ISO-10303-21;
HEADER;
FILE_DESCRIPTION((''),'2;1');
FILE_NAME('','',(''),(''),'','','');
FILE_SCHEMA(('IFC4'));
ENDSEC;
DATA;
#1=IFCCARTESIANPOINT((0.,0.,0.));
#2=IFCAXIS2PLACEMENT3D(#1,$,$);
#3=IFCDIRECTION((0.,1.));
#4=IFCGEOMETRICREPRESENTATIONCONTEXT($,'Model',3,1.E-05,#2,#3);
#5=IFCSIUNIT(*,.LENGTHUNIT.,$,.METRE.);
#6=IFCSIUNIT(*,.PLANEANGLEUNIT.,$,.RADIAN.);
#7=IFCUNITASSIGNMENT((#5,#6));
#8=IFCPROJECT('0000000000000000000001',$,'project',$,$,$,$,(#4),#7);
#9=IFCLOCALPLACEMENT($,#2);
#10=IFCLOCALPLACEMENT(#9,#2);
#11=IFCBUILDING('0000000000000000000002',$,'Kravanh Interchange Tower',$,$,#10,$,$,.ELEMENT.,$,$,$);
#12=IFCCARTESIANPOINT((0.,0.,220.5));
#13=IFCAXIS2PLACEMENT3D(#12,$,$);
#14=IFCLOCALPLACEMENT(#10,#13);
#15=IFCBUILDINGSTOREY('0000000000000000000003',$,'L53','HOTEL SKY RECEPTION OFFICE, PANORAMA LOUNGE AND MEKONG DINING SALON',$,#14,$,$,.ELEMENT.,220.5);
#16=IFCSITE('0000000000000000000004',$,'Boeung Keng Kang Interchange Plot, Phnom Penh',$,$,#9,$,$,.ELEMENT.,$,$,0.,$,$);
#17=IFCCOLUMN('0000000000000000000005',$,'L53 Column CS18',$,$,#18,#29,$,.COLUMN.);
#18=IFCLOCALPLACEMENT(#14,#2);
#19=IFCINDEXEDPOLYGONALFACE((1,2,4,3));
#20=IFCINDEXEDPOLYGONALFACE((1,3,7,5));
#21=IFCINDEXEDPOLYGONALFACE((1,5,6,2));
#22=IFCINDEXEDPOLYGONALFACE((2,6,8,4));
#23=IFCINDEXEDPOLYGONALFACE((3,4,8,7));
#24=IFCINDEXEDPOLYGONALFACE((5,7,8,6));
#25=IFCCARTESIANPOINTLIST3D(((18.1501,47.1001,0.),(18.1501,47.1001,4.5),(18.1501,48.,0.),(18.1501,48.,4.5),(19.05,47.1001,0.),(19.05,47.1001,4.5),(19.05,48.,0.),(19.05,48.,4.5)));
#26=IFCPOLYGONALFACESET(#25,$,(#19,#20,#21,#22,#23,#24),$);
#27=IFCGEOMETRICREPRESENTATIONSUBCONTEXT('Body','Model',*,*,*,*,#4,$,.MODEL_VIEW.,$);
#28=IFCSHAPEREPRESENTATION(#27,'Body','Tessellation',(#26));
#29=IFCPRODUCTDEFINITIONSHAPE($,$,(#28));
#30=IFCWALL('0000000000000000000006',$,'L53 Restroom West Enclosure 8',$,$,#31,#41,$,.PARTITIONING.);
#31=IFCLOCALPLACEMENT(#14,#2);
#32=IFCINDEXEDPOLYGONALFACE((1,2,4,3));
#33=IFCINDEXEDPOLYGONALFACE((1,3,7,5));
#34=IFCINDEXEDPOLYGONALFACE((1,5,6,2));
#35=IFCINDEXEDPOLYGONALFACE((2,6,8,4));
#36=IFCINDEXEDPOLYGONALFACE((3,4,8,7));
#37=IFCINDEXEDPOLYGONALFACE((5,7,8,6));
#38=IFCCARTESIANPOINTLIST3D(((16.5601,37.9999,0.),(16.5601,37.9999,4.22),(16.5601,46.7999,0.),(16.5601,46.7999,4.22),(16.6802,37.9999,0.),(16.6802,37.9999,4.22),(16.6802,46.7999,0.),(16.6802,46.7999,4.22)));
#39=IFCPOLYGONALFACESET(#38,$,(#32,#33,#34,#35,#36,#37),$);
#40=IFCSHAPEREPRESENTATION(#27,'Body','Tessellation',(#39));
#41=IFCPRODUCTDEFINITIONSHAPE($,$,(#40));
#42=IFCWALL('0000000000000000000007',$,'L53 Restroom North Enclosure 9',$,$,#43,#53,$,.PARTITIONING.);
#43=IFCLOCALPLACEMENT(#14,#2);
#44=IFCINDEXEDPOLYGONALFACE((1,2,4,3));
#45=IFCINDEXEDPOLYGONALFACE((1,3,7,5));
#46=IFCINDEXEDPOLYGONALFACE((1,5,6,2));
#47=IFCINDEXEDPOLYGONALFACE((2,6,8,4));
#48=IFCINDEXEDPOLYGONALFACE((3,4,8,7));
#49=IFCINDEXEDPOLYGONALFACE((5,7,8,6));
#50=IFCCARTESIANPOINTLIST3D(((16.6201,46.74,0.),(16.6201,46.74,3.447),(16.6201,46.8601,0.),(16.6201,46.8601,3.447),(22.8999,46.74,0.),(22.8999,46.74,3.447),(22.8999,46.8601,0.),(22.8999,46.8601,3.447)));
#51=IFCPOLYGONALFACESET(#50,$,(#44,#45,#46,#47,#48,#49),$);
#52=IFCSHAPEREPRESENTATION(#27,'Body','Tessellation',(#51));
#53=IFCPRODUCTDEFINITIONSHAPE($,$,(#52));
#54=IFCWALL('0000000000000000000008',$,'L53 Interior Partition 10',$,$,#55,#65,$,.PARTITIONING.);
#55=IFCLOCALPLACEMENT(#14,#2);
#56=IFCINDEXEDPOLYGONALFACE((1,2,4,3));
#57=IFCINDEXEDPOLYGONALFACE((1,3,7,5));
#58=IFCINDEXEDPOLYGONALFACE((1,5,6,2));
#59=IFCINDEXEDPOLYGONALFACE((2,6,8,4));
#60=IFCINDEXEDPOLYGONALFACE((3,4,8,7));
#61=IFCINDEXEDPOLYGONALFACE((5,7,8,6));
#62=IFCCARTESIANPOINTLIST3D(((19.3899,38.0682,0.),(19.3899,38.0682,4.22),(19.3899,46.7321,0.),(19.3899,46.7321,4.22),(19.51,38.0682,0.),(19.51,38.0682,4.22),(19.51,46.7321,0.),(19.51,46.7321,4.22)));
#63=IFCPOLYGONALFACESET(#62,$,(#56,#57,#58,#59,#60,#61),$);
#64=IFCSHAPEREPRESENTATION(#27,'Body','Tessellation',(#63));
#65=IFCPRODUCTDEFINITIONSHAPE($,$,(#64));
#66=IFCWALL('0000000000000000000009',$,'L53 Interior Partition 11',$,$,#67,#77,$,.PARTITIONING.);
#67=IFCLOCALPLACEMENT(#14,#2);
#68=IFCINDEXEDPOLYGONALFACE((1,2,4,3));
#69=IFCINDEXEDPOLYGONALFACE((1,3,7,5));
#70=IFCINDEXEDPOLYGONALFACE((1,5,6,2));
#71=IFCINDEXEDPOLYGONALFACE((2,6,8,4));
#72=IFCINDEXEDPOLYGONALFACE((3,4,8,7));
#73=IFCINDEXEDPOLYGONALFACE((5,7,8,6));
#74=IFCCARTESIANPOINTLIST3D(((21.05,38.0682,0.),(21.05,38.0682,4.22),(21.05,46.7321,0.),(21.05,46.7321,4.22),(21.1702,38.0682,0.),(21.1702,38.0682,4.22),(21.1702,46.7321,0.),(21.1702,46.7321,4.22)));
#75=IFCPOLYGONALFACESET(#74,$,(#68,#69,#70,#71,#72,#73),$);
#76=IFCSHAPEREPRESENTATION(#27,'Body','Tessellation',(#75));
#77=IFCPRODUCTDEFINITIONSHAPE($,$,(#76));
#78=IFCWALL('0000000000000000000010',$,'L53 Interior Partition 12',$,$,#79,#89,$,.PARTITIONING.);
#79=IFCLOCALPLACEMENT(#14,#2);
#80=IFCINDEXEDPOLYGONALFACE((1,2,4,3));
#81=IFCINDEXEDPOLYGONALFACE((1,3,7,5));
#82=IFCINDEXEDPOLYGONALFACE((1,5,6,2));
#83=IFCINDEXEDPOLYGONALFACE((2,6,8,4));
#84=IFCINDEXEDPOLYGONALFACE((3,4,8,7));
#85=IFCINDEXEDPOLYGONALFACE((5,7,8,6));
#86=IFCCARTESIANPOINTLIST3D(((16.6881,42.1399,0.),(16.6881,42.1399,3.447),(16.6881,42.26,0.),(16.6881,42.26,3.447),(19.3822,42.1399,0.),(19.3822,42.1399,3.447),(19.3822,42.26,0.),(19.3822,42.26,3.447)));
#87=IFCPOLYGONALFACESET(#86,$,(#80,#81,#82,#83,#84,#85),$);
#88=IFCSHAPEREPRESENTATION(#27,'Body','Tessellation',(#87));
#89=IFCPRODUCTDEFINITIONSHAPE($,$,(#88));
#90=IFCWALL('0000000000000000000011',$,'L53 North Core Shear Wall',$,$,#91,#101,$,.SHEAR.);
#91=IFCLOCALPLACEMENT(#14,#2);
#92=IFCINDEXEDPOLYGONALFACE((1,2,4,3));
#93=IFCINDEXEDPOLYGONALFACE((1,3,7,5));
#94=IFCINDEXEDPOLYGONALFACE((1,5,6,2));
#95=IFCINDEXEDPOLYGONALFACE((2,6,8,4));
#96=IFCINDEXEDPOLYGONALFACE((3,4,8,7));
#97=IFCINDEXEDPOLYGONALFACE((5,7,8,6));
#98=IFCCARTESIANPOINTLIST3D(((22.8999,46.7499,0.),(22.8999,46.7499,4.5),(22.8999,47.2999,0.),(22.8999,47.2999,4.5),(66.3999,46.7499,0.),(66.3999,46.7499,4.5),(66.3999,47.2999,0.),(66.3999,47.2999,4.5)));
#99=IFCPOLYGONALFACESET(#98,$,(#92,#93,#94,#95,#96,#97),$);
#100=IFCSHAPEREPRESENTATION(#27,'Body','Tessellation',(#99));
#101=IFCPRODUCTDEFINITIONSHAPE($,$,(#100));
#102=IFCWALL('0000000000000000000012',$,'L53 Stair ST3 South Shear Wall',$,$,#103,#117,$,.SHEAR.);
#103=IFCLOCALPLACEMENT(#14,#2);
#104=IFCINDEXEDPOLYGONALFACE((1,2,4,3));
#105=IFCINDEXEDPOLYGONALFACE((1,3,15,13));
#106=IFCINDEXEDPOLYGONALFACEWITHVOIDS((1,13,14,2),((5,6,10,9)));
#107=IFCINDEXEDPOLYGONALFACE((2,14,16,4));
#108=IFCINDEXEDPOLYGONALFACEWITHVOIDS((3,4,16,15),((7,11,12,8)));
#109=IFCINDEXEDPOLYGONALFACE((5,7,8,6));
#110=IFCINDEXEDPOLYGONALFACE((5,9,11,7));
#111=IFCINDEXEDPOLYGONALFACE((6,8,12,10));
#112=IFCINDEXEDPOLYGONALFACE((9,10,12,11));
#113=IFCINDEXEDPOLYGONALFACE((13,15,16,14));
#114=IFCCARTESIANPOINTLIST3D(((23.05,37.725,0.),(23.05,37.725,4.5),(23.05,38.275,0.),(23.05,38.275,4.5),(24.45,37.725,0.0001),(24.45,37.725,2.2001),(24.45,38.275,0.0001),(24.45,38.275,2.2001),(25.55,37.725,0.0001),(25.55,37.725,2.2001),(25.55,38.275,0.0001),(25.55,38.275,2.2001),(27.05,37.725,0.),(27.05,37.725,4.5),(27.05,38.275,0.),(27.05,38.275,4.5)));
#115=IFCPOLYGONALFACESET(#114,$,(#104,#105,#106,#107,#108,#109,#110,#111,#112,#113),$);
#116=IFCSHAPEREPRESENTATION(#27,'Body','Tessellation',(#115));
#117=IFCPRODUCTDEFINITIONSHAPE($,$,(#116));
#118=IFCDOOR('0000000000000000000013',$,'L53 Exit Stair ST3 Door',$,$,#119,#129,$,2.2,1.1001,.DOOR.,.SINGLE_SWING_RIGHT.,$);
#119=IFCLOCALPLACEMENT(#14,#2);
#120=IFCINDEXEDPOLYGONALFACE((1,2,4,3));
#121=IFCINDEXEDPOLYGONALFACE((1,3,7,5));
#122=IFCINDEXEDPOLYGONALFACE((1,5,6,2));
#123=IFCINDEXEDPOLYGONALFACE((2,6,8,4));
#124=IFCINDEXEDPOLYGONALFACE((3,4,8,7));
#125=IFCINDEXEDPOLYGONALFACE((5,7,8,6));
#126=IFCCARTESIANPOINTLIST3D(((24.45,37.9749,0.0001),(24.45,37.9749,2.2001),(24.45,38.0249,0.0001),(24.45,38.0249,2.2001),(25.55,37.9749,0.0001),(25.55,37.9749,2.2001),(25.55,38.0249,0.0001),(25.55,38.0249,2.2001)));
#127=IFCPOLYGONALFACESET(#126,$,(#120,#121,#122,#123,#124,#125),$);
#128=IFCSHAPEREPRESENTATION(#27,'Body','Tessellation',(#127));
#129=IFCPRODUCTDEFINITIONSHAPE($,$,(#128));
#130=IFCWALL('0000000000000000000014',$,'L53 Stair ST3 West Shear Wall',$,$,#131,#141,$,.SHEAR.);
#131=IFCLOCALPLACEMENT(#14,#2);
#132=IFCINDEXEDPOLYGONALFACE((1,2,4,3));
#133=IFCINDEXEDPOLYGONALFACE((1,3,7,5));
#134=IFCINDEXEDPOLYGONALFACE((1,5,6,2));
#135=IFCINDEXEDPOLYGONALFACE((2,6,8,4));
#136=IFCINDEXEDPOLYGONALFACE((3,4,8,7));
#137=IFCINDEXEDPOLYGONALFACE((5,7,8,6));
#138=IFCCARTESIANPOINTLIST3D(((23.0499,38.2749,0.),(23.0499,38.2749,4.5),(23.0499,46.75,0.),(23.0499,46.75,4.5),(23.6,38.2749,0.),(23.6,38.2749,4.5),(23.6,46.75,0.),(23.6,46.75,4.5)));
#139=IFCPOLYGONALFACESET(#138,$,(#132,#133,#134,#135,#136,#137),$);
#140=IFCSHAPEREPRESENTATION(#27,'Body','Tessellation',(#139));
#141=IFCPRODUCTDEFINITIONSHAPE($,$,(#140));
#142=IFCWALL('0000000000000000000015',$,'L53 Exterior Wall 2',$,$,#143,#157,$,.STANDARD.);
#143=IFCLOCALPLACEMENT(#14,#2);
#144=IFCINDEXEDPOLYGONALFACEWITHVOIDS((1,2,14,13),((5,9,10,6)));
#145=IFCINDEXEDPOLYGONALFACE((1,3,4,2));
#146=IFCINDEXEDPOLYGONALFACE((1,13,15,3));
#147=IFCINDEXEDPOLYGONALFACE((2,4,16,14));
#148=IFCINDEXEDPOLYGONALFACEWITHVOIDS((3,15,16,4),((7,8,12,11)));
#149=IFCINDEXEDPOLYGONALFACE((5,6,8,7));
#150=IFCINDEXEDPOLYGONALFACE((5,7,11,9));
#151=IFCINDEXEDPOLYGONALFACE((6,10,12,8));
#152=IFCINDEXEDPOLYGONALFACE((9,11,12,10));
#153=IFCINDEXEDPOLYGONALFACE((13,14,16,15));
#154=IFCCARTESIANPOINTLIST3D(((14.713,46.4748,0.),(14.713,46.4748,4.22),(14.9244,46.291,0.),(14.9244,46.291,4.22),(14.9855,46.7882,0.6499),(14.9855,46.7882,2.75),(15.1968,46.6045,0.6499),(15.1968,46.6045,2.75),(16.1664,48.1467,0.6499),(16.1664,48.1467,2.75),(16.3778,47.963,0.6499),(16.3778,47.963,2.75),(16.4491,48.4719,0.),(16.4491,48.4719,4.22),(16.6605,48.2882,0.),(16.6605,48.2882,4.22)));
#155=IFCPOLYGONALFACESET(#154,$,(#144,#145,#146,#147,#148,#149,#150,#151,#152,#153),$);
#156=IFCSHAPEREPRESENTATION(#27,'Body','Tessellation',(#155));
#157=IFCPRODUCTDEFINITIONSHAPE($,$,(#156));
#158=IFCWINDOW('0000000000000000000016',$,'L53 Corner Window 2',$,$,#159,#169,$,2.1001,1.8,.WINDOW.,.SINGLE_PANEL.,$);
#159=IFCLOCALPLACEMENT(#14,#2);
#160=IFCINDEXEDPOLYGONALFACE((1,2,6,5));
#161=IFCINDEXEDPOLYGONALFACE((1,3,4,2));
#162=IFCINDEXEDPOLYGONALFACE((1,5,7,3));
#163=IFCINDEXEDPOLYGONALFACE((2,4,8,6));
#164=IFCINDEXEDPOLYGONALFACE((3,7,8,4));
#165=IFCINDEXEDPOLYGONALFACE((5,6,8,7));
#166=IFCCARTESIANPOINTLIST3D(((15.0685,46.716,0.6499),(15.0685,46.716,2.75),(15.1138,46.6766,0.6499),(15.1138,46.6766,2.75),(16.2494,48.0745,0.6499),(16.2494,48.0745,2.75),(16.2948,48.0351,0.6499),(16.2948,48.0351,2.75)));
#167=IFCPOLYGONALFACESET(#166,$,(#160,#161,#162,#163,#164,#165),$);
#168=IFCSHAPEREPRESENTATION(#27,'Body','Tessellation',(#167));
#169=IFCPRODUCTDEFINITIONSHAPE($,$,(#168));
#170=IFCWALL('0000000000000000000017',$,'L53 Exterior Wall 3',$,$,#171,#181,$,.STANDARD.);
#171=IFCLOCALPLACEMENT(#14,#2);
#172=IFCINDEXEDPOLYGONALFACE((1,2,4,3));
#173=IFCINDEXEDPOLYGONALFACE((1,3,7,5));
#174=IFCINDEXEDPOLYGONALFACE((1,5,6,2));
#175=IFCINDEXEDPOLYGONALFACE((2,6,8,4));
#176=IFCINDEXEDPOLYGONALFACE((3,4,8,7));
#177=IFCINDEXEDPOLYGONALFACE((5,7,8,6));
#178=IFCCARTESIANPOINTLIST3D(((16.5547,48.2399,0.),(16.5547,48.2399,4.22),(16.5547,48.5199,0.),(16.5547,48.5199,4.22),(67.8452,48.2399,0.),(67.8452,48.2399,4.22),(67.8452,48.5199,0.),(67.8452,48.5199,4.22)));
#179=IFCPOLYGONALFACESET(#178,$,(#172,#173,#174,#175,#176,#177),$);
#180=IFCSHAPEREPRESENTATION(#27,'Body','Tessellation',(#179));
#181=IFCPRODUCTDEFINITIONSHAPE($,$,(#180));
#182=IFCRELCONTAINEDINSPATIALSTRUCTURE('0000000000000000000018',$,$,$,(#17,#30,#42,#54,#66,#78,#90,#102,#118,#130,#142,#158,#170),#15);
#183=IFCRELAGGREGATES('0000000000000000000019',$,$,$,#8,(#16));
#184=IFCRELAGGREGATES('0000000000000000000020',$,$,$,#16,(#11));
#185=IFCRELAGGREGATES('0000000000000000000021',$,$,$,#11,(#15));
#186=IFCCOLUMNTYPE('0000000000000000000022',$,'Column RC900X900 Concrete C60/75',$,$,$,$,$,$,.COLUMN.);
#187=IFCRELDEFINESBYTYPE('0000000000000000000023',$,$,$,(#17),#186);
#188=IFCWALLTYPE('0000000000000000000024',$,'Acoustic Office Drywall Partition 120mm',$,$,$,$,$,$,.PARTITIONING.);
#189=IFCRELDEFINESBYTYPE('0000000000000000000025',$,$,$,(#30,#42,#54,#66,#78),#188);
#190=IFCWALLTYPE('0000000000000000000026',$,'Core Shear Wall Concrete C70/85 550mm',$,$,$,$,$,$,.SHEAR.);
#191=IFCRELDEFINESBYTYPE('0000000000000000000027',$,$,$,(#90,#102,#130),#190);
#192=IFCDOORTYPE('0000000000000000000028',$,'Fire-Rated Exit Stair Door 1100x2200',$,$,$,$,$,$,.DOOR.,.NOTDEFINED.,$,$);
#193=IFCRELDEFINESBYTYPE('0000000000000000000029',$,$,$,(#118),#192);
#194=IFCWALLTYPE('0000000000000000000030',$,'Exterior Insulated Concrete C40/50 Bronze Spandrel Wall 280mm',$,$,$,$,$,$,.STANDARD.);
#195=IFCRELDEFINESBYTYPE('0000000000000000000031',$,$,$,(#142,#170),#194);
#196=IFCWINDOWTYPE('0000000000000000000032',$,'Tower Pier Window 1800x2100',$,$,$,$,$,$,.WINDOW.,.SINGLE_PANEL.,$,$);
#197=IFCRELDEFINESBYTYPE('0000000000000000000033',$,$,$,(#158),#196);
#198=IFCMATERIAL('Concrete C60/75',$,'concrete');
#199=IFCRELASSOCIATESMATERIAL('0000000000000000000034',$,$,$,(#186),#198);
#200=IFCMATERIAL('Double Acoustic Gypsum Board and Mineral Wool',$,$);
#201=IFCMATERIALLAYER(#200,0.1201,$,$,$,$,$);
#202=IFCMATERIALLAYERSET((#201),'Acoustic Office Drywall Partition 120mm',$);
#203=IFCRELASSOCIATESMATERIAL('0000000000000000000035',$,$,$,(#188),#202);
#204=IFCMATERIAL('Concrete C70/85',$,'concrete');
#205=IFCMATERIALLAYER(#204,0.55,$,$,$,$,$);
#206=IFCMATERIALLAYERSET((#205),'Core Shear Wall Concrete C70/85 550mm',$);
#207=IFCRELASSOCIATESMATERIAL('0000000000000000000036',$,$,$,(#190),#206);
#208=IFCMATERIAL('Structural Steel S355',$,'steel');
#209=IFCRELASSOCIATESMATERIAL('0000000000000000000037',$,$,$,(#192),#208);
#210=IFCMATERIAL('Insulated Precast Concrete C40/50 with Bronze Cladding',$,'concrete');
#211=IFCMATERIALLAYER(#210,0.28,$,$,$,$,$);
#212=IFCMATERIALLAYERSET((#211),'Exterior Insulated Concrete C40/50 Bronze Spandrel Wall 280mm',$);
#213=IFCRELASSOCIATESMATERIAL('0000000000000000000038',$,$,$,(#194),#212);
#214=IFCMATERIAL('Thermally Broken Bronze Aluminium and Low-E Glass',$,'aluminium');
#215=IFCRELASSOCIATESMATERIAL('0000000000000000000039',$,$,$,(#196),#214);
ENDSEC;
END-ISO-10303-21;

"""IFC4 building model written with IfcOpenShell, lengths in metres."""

from ifc_helpers import new_model, si_unit, direction, frame, frame_2d, origin, origin_2d, place, context, subcontext, project, spatial, rectangle, extrude, material, layer, layer_set, material_profile, profile_set, type_object, element, fill, save


model = new_model("IFC4")

# Units and contexts
model_context = context("Model", 3, precision=1e-05, world=origin(), true_north=direction((0.0, 1.0)))
body_context = subcontext(model_context, "Body", "Model", "MODEL_VIEW")
ifc_project = project(units=[si_unit("LENGTHUNIT", "METRE"), si_unit("PLANEANGLEUNIT", "RADIAN")], contexts=[model_context])

# Site, building, storey
site_placement = place(None, origin())
site = spatial("IfcSite", under=ifc_project, at=site_placement, Name="Boeung Keng Kang Interchange Plot, Phnom Penh", CompositionType="ELEMENT", RefElevation=0.0)
building_placement = place(site_placement, origin())
building = spatial("IfcBuilding", under=site, at=building_placement, Name="Kravanh Interchange Tower", CompositionType="ELEMENT")
storey_placement = place(building_placement, frame((0.0, 0.0, 220.5)))
storey = spatial("IfcBuildingStorey", under=building, at=storey_placement, Name="L53", Description="HOTEL SKY RECEPTION OFFICE, PANORAMA LOUNGE AND MEKONG DINING SALON", CompositionType="ELEMENT", Elevation=220.5)

# Column
ifc_material_1 = material(Name="Concrete C60/75", Category="concrete")
ifc_material_profile = material_profile(ifc_material_1, rectangle(XDim=0.8999, YDim=0.8999, at=origin_2d()), Name="RC900X900")
ifc_profile_set = profile_set([ifc_material_profile], Name="Concrete C60/75")
column_type = type_object("IfcColumnType", Name="Column RC900X900 Concrete C60/75", PredefinedType="COLUMN", material=ifc_profile_set)
column_placement = place(storey_placement, frame((18.6001, 47.55, 0.0), z_axis=(0.0, 0.0, 1.0), x_axis=(1.0, 0.0, 0.0)))
element("IfcColumn", 1, at=column_placement, inside=storey, type_object=column_type, Name="L53 Column CS18", PredefinedType="COLUMN", context=body_context, shape_type="SweptSolid", body=[
    extrude(rectangle(XDim=0.8999, YDim=0.8999, at=origin_2d()), origin(), (0.0, 0.0, 1.0), 4.5),
])

# Shared definitions
ifc_material_2 = material(Name="Double Acoustic Gypsum Board and Mineral Wool")
ifc_layer_1 = layer(ifc_material_2, 0.1201)
ifc_layer_set_1 = layer_set([ifc_layer_1], Name="Acoustic Office Drywall Partition 120mm")
wall_type_1 = type_object("IfcWallType", Name="Acoustic Office Drywall Partition 120mm", PredefinedType="PARTITIONING", material=ifc_layer_set_1)

# Walls
wall_1_placement = place(storey_placement, frame((16.6201, 38.0, 0.0), z_axis=(0.0, 0.0, 1.0), x_axis=(0.0, 1.0, 0.0)))
element("IfcWall", 2, at=wall_1_placement, inside=storey, type_object=wall_type_1, Name="L53 Restroom West Enclosure 8", PredefinedType="PARTITIONING", context=body_context, shape_type="SweptSolid", body=[
    extrude(rectangle(XDim=8.8, YDim=0.1201, at=frame_2d((4.3999, 0.0))), origin(), (0.0, 0.0, 1.0), 4.22),
])
wall_2_placement = place(storey_placement, frame((16.6201, 46.8, 0.0), z_axis=(0.0, 0.0, 1.0), x_axis=(1.0, 0.0, 0.0)))
element("IfcWall", 3, at=wall_2_placement, inside=storey, type_object=wall_type_1, Name="L53 Restroom North Enclosure 9", PredefinedType="PARTITIONING", context=body_context, shape_type="SweptSolid", body=[
    extrude(rectangle(XDim=6.2798, YDim=0.1201, at=frame_2d((3.1399, 0.0))), origin(), (0.0, 0.0, 1.0), 3.447),
])
for number, where, z_axis, x_axis, name in (
    (4, (19.45, 38.0681, 0.0), (0.0, 0.0, 1.0), (0.0, 1.0, 0.0), "L53 Interior Partition 10"),
    (5, (21.1101, 38.0681, 0.0), (0.0, 0.0, 1.0), (0.0, 1.0, 0.0), "L53 Interior Partition 11"),
):
    element("IfcWall", number, at=place(storey_placement, frame(where, z_axis=z_axis, x_axis=x_axis)), inside=storey, type_object=wall_type_1, Name=name, PredefinedType="PARTITIONING", context=body_context, shape_type="SweptSolid", body=[
        extrude(rectangle(XDim=8.6638, YDim=0.1201, at=frame_2d((4.332, 0.0))), origin(), (0.0, 0.0, 1.0), 4.22),
    ])
wall_3_placement = place(storey_placement, frame((16.688, 42.2, 0.0), z_axis=(0.0, 0.0, 1.0), x_axis=(1.0, 0.0, 0.0)))
element("IfcWall", 6, at=wall_3_placement, inside=storey, type_object=wall_type_1, Name="L53 Interior Partition 12", PredefinedType="PARTITIONING", context=body_context, shape_type="SweptSolid", body=[
    extrude(rectangle(XDim=2.6941, YDim=0.1201, at=frame_2d((1.3472, 0.0))), origin(), (0.0, 0.0, 1.0), 3.447),
])
ifc_material_3 = material(Name="Concrete C70/85", Category="concrete")
ifc_layer_2 = layer(ifc_material_3, 0.55)
ifc_layer_set_2 = layer_set([ifc_layer_2], Name="Core Shear Wall Concrete C70/85 550mm")
wall_type_2 = type_object("IfcWallType", Name="Core Shear Wall Concrete C70/85 550mm", PredefinedType="SHEAR", material=ifc_layer_set_2)
wall_4_placement = place(storey_placement, frame((22.8999, 47.0249, 0.0), z_axis=(0.0, 0.0, 1.0), x_axis=(1.0, 0.0, 0.0)))
element("IfcWall", 7, at=wall_4_placement, inside=storey, type_object=wall_type_2, Name="L53 North Core Shear Wall", PredefinedType="SHEAR", context=body_context, shape_type="SweptSolid", body=[
    extrude(rectangle(XDim=43.5, YDim=0.55, at=frame_2d((21.75, 0.0))), origin(), (0.0, 0.0, 1.0), 4.5),
])

# Wall, opening, door
wall_5_placement = place(storey_placement, frame((23.05, 38.0, 0.0), z_axis=(0.0, 0.0, 1.0), x_axis=(1.0, 0.0, 0.0)))
wall_5 = element("IfcWall", 8, at=wall_5_placement, inside=storey, type_object=wall_type_2, Name="L53 Stair ST3 South Shear Wall", PredefinedType="SHEAR", context=body_context, shape_type="SweptSolid", body=[
    extrude(rectangle(XDim=4.0, YDim=0.55, at=frame_2d((2.0, 0.0))), origin(), (0.0, 0.0, 1.0), 4.5),
])
opening_1_placement = place(wall_5_placement, frame((1.3999, 0.0, 0.0)))
opening_1 = element("IfcOpeningElement", 9, at=opening_1_placement, cuts=wall_5, PredefinedType="OPENING", context=body_context, shape_type="SweptSolid", body=[
    extrude(rectangle(XDim=1.1001, YDim=2.2, at=frame_2d((0.55, 1.1001))), frame((0.0, 0.2852, 0.0), z_axis=(0.0, -1.0, 0.0), x_axis=(1.0, 0.0, 0.0)), (0.0, 0.0, 1.0), 0.5701),
])
ifc_material_4 = material(Name="Structural Steel S355", Category="steel")
door_type_1 = type_object("IfcDoorType", Name="Fire-Rated Exit Stair Door 1100x2200", OperationType="NOTDEFINED", PredefinedType="DOOR", material=ifc_material_4)
door_1_placement = place(opening_1_placement, origin())
door_1 = element("IfcDoor", 10, at=door_1_placement, inside=storey, type_object=door_type_1, Name="L53 Exit Stair ST3 Door", OperationType="SINGLE_SWING_RIGHT", OverallHeight=2.2, OverallWidth=1.1001, PredefinedType="DOOR", context=body_context, shape_type="SweptSolid", body=[
    extrude(rectangle(XDim=1.1001, YDim=2.2, at=frame_2d((0.55, 1.1001))), frame((0.0, 0.0249, 0.0), z_axis=(0.0, -1.0, 0.0), x_axis=(1.0, 0.0, 0.0)), (0.0, 0.0, 1.0), 0.05),
])
fill(opening_1, door_1)

# Wall
wall_6_placement = place(storey_placement, frame((23.325, 38.2749, 0.0), z_axis=(0.0, 0.0, 1.0), x_axis=(0.0, 1.0, 0.0)))
element("IfcWall", 11, at=wall_6_placement, inside=storey, type_object=wall_type_2, Name="L53 Stair ST3 West Shear Wall", PredefinedType="SHEAR", context=body_context, shape_type="SweptSolid", body=[
    extrude(rectangle(XDim=8.4751, YDim=0.55, at=frame_2d((4.2375, 0.0))), origin(), (0.0, 0.0, 1.0), 4.5),
])

# Wall, opening, window
ifc_material_5 = material(Name="Insulated Precast Concrete C40/50 with Bronze Cladding", Category="concrete")
ifc_layer_3 = layer(ifc_material_5, 0.28)
ifc_layer_set_3 = layer_set([ifc_layer_3], Name="Exterior Insulated Concrete C40/50 Bronze Spandrel Wall 280mm")
wall_type_3 = type_object("IfcWallType", Name="Exterior Insulated Concrete C40/50 Bronze Spandrel Wall 280mm", PredefinedType="STANDARD", material=ifc_layer_set_3)
wall_7_placement = place(storey_placement, frame((14.8186, 46.3828, 0.0), z_axis=(0.0, 0.0, 1.0), x_axis=(0.656071, 0.754699, 0.0)))
wall_7 = element("IfcWall", 12, at=wall_7_placement, inside=storey, type_object=wall_type_3, Name="L53 Exterior Wall 2", PredefinedType="STANDARD", context=body_context, shape_type="SweptSolid", body=[
    extrude(rectangle(XDim=2.6462, YDim=0.28, at=frame_2d((1.3232, 0.0))), origin(), (0.0, 0.0, 1.0), 4.22),
])
opening_2_placement = place(wall_7_placement, frame((0.4155, 0.0, 0.6499)))
opening_2 = element("IfcOpeningElement", 13, at=opening_2_placement, cuts=wall_7, PredefinedType="OPENING", context=body_context, shape_type="SweptSolid", body=[
    extrude(rectangle(XDim=1.8, YDim=2.1001, at=frame_2d((0.8999, 1.05))), frame((0.0, 0.1499, 0.0), z_axis=(0.0, -1.0, 0.0), x_axis=(1.0, 0.0, 0.0)), (0.0, 0.0, 1.0), 0.3),
])
ifc_material_6 = material(Name="Thermally Broken Bronze Aluminium and Low-E Glass", Category="aluminium")
window_type = type_object("IfcWindowType", Name="Tower Pier Window 1800x2100", PartitioningType="SINGLE_PANEL", PredefinedType="WINDOW", material=ifc_material_6)
window_placement = place(opening_2_placement, origin())
window = element("IfcWindow", 14, at=window_placement, inside=storey, type_object=window_type, Name="L53 Corner Window 2", OverallHeight=2.1001, OverallWidth=1.8, PartitioningType="SINGLE_PANEL", PredefinedType="WINDOW", context=body_context, shape_type="SweptSolid", body=[
    extrude(rectangle(XDim=1.8, YDim=2.1001, at=frame_2d((0.8999, 1.05))), frame((0.0, 0.03, 0.0), z_axis=(0.0, -1.0, 0.0), x_axis=(1.0, 0.0, 0.0)), (0.0, 0.0, 1.0), 0.0601),
])
fill(opening_2, window)

# Wall
wall_8_placement = place(storey_placement, frame((16.5547, 48.3799, 0.0), z_axis=(0.0, 0.0, 1.0), x_axis=(1.0, 0.0, 0.0)))
element("IfcWall", 15, at=wall_8_placement, inside=storey, type_object=wall_type_3, Name="L53 Exterior Wall 3", PredefinedType="STANDARD", context=body_context, shape_type="SweptSolid", body=[
    extrude(rectangle(XDim=51.2905, YDim=0.28, at=frame_2d((25.6453, 0.0))), origin(), (0.0, 0.0, 1.0), 4.22),
])

save(model, "model.ifc")
